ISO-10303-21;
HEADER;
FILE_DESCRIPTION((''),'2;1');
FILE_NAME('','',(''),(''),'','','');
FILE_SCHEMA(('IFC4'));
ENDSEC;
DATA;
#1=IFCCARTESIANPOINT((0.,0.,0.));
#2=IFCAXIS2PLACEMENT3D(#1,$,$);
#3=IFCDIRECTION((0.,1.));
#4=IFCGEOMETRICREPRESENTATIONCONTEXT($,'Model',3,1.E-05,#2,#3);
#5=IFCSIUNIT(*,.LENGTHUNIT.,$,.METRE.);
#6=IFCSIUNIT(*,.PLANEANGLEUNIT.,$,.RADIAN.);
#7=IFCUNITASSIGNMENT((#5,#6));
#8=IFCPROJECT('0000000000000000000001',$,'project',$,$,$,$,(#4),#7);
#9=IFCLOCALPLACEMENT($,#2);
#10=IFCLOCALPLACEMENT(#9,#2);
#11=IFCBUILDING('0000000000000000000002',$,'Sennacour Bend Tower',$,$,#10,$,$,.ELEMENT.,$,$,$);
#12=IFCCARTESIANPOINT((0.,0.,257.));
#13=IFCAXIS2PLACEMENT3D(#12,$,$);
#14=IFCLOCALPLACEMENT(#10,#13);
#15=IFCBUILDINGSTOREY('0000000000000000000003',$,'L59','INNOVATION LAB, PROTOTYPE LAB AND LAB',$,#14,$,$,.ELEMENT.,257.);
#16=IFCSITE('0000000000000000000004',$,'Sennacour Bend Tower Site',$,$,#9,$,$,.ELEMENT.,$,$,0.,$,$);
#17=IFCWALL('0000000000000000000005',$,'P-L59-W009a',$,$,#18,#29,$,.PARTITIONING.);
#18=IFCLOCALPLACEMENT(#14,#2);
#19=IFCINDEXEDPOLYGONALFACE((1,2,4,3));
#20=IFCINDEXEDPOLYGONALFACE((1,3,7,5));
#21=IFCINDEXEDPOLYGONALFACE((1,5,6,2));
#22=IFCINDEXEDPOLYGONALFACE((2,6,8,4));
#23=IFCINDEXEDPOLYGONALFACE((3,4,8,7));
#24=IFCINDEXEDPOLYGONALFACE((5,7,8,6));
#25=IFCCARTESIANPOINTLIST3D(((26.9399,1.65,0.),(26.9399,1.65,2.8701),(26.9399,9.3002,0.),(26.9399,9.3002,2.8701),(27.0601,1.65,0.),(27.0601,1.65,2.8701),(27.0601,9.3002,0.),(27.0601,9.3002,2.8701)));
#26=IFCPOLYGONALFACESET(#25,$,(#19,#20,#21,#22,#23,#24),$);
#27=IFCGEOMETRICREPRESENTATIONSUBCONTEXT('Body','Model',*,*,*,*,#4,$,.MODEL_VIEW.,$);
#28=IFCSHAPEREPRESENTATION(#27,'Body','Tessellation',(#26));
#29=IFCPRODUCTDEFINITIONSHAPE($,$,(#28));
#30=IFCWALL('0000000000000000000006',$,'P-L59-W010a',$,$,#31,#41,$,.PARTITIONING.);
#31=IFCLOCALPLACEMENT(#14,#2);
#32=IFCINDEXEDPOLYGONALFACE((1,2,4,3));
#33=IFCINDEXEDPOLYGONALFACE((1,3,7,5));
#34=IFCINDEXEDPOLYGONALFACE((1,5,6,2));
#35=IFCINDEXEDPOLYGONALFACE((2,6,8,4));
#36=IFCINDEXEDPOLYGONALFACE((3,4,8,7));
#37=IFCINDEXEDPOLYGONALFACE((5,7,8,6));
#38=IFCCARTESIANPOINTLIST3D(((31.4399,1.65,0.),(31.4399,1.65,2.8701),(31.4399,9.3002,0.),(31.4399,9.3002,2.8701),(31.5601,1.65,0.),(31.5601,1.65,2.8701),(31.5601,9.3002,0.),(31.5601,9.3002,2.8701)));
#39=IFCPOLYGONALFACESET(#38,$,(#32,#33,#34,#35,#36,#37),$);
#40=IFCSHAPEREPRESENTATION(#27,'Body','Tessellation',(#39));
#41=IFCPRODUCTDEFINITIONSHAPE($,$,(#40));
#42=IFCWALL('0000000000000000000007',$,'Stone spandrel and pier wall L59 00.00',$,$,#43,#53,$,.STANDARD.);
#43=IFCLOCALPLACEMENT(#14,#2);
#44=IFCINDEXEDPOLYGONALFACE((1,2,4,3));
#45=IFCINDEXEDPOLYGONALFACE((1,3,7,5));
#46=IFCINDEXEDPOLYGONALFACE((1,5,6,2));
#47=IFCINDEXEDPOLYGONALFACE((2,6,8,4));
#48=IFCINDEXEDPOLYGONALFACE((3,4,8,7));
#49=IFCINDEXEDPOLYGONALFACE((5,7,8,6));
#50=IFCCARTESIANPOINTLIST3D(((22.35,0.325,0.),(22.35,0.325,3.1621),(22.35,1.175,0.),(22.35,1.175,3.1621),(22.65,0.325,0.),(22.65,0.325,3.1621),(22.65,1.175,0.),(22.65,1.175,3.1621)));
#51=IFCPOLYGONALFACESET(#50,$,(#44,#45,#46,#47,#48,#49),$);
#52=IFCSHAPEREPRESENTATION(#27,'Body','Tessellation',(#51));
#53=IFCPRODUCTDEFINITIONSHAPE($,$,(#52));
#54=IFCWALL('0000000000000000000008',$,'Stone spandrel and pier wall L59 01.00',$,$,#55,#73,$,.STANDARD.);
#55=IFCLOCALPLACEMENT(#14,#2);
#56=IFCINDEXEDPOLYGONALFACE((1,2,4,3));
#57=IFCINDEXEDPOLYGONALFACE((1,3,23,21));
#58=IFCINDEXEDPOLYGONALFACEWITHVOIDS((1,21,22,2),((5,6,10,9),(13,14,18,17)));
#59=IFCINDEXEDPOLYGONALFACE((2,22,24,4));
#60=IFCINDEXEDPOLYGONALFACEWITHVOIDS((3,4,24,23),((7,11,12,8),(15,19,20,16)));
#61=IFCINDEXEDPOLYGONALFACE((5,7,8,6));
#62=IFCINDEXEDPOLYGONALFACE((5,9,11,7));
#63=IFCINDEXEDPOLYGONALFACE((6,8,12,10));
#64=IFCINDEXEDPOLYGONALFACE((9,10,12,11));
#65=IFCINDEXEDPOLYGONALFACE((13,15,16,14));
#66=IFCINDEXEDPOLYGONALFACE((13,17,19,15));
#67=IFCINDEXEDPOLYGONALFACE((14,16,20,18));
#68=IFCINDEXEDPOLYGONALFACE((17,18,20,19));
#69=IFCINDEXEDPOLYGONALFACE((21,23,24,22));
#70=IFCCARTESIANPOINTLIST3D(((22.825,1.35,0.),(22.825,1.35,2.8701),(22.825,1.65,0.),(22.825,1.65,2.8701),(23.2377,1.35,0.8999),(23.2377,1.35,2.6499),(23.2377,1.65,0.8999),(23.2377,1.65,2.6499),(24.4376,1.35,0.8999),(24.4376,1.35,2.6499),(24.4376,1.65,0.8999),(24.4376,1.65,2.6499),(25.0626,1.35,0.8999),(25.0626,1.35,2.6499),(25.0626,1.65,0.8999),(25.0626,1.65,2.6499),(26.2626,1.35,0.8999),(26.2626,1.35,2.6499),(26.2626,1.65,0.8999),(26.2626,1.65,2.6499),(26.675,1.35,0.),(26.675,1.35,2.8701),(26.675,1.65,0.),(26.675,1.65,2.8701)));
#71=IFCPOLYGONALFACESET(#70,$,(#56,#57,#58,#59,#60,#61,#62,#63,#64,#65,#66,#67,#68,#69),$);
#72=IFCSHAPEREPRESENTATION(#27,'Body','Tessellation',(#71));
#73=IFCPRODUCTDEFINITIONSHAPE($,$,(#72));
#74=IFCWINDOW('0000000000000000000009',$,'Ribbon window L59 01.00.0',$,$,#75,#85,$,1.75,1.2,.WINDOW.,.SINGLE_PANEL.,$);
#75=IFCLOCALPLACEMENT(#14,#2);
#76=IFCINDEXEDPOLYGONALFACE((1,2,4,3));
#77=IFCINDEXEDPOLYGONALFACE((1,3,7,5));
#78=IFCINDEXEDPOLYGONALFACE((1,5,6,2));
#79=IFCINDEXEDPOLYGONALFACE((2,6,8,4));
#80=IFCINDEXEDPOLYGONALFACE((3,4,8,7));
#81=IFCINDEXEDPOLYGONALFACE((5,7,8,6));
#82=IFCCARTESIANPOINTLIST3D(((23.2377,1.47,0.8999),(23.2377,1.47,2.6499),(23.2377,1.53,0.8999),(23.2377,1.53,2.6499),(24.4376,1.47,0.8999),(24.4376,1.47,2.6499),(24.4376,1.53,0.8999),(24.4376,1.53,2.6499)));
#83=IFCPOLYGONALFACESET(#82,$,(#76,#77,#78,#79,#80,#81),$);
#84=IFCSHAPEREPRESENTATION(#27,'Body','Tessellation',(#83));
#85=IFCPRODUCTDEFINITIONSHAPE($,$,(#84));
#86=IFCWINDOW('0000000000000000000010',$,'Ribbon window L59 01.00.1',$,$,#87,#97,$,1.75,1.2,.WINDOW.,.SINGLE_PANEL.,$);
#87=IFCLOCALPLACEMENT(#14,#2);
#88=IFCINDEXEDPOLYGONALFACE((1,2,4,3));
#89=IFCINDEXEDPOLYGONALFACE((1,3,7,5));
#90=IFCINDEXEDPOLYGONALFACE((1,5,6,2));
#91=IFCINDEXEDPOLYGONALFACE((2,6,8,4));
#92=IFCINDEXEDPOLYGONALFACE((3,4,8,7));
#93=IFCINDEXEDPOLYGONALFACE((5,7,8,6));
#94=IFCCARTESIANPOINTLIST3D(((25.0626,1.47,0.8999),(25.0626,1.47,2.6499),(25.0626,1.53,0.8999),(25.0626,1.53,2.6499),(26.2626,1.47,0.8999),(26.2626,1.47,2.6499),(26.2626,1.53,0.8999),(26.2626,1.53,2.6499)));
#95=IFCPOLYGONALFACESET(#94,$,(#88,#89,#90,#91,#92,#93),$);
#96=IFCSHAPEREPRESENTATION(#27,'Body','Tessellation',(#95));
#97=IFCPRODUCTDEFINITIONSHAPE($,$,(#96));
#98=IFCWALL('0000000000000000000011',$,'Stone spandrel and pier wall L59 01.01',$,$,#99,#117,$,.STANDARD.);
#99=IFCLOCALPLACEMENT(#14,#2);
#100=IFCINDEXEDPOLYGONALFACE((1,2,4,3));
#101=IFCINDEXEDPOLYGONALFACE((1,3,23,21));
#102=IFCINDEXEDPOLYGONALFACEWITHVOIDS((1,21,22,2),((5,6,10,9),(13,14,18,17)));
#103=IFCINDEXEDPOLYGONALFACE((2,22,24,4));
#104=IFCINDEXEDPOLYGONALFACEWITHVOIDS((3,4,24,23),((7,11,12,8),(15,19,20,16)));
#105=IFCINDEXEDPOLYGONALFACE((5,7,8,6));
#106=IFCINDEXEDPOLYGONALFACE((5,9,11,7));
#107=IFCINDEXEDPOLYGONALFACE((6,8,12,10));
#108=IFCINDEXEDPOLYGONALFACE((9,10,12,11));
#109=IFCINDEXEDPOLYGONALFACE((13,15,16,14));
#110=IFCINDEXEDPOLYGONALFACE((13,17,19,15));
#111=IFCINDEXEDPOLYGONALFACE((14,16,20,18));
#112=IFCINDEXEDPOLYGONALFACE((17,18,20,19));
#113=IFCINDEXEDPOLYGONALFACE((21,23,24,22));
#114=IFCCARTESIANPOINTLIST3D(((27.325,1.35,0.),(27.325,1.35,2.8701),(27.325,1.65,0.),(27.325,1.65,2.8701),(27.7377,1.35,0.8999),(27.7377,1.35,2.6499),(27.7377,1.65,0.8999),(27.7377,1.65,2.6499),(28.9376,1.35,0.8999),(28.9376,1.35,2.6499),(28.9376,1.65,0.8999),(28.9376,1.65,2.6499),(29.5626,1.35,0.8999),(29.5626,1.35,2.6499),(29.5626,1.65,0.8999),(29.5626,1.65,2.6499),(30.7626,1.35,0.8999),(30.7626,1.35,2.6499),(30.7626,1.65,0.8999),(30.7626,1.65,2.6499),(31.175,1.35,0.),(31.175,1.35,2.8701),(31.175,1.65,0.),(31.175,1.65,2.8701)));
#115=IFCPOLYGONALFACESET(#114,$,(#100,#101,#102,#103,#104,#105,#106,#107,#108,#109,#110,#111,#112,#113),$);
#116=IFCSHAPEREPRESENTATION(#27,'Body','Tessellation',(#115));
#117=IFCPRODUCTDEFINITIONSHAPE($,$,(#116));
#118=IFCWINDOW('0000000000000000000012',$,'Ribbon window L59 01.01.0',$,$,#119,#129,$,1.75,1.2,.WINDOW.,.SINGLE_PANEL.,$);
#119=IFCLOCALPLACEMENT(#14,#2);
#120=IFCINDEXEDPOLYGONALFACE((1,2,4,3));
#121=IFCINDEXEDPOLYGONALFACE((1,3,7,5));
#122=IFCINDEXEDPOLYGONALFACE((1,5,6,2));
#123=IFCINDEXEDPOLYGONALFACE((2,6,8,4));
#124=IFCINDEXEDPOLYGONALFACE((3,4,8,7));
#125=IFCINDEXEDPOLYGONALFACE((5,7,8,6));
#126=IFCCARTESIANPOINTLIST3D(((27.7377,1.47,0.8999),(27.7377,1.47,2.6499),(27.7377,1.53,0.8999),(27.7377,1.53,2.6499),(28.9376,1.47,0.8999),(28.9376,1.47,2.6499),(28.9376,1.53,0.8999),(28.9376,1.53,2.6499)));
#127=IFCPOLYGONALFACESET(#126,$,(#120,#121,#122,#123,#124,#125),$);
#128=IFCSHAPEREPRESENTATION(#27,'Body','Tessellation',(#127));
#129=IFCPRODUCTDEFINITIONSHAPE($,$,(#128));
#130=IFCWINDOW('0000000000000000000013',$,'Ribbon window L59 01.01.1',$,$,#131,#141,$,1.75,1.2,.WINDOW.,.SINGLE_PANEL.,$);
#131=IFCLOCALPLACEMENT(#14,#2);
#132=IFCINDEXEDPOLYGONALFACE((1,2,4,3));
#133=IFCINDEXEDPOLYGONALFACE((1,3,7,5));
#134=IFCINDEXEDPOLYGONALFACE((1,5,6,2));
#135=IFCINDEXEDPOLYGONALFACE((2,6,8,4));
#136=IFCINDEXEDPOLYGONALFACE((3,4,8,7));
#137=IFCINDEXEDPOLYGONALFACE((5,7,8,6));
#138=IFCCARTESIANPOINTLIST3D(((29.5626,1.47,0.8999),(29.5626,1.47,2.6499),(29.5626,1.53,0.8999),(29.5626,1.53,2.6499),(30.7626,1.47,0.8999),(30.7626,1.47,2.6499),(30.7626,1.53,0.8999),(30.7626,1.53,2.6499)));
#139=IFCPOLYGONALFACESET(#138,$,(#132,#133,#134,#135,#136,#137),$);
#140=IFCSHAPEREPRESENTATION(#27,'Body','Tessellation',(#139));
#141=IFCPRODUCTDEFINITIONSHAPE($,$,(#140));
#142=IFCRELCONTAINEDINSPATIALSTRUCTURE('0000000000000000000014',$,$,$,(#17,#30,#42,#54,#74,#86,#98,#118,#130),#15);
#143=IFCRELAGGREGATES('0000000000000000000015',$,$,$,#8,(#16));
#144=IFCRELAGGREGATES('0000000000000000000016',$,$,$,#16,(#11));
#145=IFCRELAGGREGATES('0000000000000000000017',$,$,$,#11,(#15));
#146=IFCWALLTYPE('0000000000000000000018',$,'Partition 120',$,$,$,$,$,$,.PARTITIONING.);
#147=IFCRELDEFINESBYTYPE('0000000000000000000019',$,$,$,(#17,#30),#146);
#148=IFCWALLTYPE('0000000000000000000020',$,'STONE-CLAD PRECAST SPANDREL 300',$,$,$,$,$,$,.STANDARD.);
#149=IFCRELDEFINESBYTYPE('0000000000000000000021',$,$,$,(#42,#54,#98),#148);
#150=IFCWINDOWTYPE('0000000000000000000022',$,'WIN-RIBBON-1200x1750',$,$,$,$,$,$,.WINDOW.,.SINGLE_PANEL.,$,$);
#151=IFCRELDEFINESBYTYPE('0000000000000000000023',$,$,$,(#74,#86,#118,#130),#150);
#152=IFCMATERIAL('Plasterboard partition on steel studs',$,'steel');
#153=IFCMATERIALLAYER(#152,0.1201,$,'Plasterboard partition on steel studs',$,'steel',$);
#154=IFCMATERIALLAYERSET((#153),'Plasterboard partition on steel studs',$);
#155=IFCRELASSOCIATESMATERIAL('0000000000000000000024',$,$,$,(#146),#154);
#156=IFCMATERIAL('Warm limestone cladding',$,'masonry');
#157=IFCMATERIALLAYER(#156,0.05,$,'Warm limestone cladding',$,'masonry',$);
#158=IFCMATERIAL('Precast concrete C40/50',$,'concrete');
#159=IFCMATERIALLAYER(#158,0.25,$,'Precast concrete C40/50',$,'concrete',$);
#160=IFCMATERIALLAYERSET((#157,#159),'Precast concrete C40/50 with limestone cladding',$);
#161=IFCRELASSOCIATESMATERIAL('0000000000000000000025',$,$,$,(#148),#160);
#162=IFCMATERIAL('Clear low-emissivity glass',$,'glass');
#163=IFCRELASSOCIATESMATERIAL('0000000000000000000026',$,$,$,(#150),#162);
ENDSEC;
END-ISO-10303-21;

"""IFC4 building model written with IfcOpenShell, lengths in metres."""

from ifc_helpers import new_model, si_unit, direction, frame, frame_2d, origin, place, context, subcontext, project, spatial, rectangle, extrude, material, layer, layer_set, type_object, element, fill, save


model = new_model("IFC4")

# Units and contexts
model_context = context("Model", 3, precision=1e-05, world=origin(), true_north=direction((0.0, 1.0)))
body_context = subcontext(model_context, "Body", "Model", "MODEL_VIEW")
ifc_project = project(units=[si_unit("LENGTHUNIT", "METRE"), si_unit("PLANEANGLEUNIT", "RADIAN")], contexts=[model_context])

# Site, building, storey
site_placement = place(None, origin())
site = spatial("IfcSite", under=ifc_project, at=site_placement, Name="Sennacour Bend Tower Site", CompositionType="ELEMENT", RefElevation=0.0)
building_placement = place(site_placement, origin())
building = spatial("IfcBuilding", under=site, at=building_placement, Name="Sennacour Bend Tower", CompositionType="ELEMENT")
storey_placement = place(building_placement, frame((0.0, 0.0, 257.0)))
storey = spatial("IfcBuildingStorey", under=building, at=storey_placement, Name="L59", Description="INNOVATION LAB, PROTOTYPE LAB AND LAB", CompositionType="ELEMENT", Elevation=257.0)

# Walls
ifc_material_1 = material(Name="Plasterboard partition on steel studs", Category="steel")
ifc_layer_1 = layer(ifc_material_1, 0.1201, Name="Plasterboard partition on steel studs", Category="steel")
ifc_layer_set_1 = layer_set([ifc_layer_1], Name="Plasterboard partition on steel studs")
wall_type_1 = type_object("IfcWallType", Name="Partition 120", PredefinedType="PARTITIONING", material=ifc_layer_set_1)
for number, where, z_axis, x_axis, name in (
    (1, (27.0, 1.6499, 0.0), (0.0, 0.0, 1.0), (0.0, 1.0, 0.0), "P-L59-W009a"),
    (2, (31.5, 1.6499, 0.0), (0.0, 0.0, 1.0), (0.0, 1.0, 0.0), "P-L59-W010a"),
):
    element("IfcWall", number, at=place(storey_placement, frame(where, z_axis=z_axis, x_axis=x_axis)), inside=storey, type_object=wall_type_1, Name=name, PredefinedType="PARTITIONING", context=body_context, shape_type="SweptSolid", body=[
        extrude(rectangle(XDim=7.6501, YDim=0.1201, at=frame_2d((3.8252, 0.0))), origin(), (0.0, 0.0, 1.0), 2.8701),
    ])
ifc_material_2 = material(Name="Warm limestone cladding", Category="masonry")
ifc_layer_2 = layer(ifc_material_2, 0.05, Name="Warm limestone cladding", Category="masonry")
ifc_material_3 = material(Name="Precast concrete C40/50", Category="concrete")
ifc_layer_3 = layer(ifc_material_3, 0.25, Name="Precast concrete C40/50", Category="concrete")
ifc_layer_set_2 = layer_set([ifc_layer_2, ifc_layer_3], Name="Precast concrete C40/50 with limestone cladding")
wall_type_2 = type_object("IfcWallType", Name="STONE-CLAD PRECAST SPANDREL 300", PredefinedType="STANDARD", material=ifc_layer_set_2)
wall_1_placement = place(storey_placement, frame((22.5, 0.325, 0.0), z_axis=(0.0, 0.0, 1.0), x_axis=(0.0, 1.0, 0.0)))
element("IfcWall", 3, at=wall_1_placement, inside=storey, type_object=wall_type_2, Name="Stone spandrel and pier wall L59 00.00", PredefinedType="STANDARD", context=body_context, shape_type="SweptSolid", body=[
    extrude(rectangle(XDim=0.8501, YDim=0.3, at=frame_2d((0.425, 0.0))), origin(), (0.0, 0.0, 1.0), 3.1621),
])

# Walls, openings, windows
wall_2_placement = place(storey_placement, frame((22.825, 1.5, 0.0), z_axis=(0.0, 0.0, 1.0), x_axis=(1.0, 0.0, 0.0)))
wall_2 = element("IfcWall", 4, at=wall_2_placement, inside=storey, type_object=wall_type_2, Name="Stone spandrel and pier wall L59 01.00", PredefinedType="STANDARD", context=body_context, shape_type="SweptSolid", body=[
    extrude(rectangle(XDim=3.8501, YDim=0.3, at=frame_2d((1.925, 0.0))), origin(), (0.0, 0.0, 1.0), 2.8701),
])
opening_1_placement = place(wall_2_placement, frame((0.4126, 0.0, 0.8999)))
opening_1 = element("IfcOpeningElement", 5, at=opening_1_placement, cuts=wall_2, PredefinedType="OPENING", context=body_context, shape_type="SweptSolid", body=[
    extrude(rectangle(XDim=1.2, YDim=1.75, at=frame_2d((0.6001, 0.875))), frame((0.0, 0.1602, 0.0), z_axis=(0.0, -1.0, 0.0), x_axis=(1.0, 0.0, 0.0)), (0.0, 0.0, 1.0), 0.3201),
])
opening_2_placement = place(wall_2_placement, frame((2.2375, 0.0, 0.8999)))
opening_2 = element("IfcOpeningElement", 6, at=opening_2_placement, cuts=wall_2, PredefinedType="OPENING", context=body_context, shape_type="SweptSolid", body=[
    extrude(rectangle(XDim=1.2, YDim=1.75, at=frame_2d((0.6001, 0.875))), frame((0.0, 0.1602, 0.0), z_axis=(0.0, -1.0, 0.0), x_axis=(1.0, 0.0, 0.0)), (0.0, 0.0, 1.0), 0.3201),
])
ifc_material_4 = material(Name="Clear low-emissivity glass", Category="glass")
window_type = type_object("IfcWindowType", Name="WIN-RIBBON-1200x1750", PartitioningType="SINGLE_PANEL", PredefinedType="WINDOW", material=ifc_material_4)
window_1_placement = place(opening_1_placement, origin())
window_1 = element("IfcWindow", 7, at=window_1_placement, inside=storey, type_object=window_type, Name="Ribbon window L59 01.00.0", OverallHeight=1.75, OverallWidth=1.2, PartitioningType="SINGLE_PANEL", PredefinedType="WINDOW", context=body_context, shape_type="SweptSolid", body=[
    extrude(rectangle(XDim=1.2, YDim=1.75, at=frame_2d((0.6001, 0.875))), frame((0.0, 0.03, 0.0), z_axis=(0.0, -1.0, 0.0), x_axis=(1.0, 0.0, 0.0)), (0.0, 0.0, 1.0), 0.0601),
])
fill(opening_1, window_1)
window_2_placement = place(opening_2_placement, origin())
window_2 = element("IfcWindow", 8, at=window_2_placement, inside=storey, type_object=window_type, Name="Ribbon window L59 01.00.1", OverallHeight=1.75, OverallWidth=1.2, PartitioningType="SINGLE_PANEL", PredefinedType="WINDOW", context=body_context, shape_type="SweptSolid", body=[
    extrude(rectangle(XDim=1.2, YDim=1.75, at=frame_2d((0.6001, 0.875))), frame((0.0, 0.03, 0.0), z_axis=(0.0, -1.0, 0.0), x_axis=(1.0, 0.0, 0.0)), (0.0, 0.0, 1.0), 0.0601),
])
fill(opening_2, window_2)
wall_3_placement = place(storey_placement, frame((27.325, 1.5, 0.0), z_axis=(0.0, 0.0, 1.0), x_axis=(1.0, 0.0, 0.0)))
wall_3 = element("IfcWall", 9, at=wall_3_placement, inside=storey, type_object=wall_type_2, Name="Stone spandrel and pier wall L59 01.01", PredefinedType="STANDARD", context=body_context, shape_type="SweptSolid", body=[
    extrude(rectangle(XDim=3.8501, YDim=0.3, at=frame_2d((1.925, 0.0))), origin(), (0.0, 0.0, 1.0), 2.8701),
])
opening_3_placement = place(wall_3_placement, frame((0.4126, 0.0, 0.8999)))
opening_3 = element("IfcOpeningElement", 10, at=opening_3_placement, cuts=wall_3, PredefinedType="OPENING", context=body_context, shape_type="SweptSolid", body=[
    extrude(rectangle(XDim=1.2, YDim=1.75, at=frame_2d((0.6001, 0.875))), frame((0.0, 0.1602, 0.0), z_axis=(0.0, -1.0, 0.0), x_axis=(1.0, 0.0, 0.0)), (0.0, 0.0, 1.0), 0.3201),
])
opening_4_placement = place(wall_3_placement, frame((2.2375, 0.0, 0.8999)))
opening_4 = element("IfcOpeningElement", 11, at=opening_4_placement, cuts=wall_3, PredefinedType="OPENING", context=body_context, shape_type="SweptSolid", body=[
    extrude(rectangle(XDim=1.2, YDim=1.75, at=frame_2d((0.6001, 0.875))), frame((0.0, 0.1602, 0.0), z_axis=(0.0, -1.0, 0.0), x_axis=(1.0, 0.0, 0.0)), (0.0, 0.0, 1.0), 0.3201),
])
window_3_placement = place(opening_3_placement, origin())
window_3 = element("IfcWindow", 12, at=window_3_placement, inside=storey, type_object=window_type, Name="Ribbon window L59 01.01.0", OverallHeight=1.75, OverallWidth=1.2, PartitioningType="SINGLE_PANEL", PredefinedType="WINDOW", context=body_context, shape_type="SweptSolid", body=[
    extrude(rectangle(XDim=1.2, YDim=1.75, at=frame_2d((0.6001, 0.875))), frame((0.0, 0.03, 0.0), z_axis=(0.0, -1.0, 0.0), x_axis=(1.0, 0.0, 0.0)), (0.0, 0.0, 1.0), 0.0601),
])
fill(opening_3, window_3)
window_4_placement = place(opening_4_placement, origin())
window_4 = element("IfcWindow", 13, at=window_4_placement, inside=storey, type_object=window_type, Name="Ribbon window L59 01.01.1", OverallHeight=1.75, OverallWidth=1.2, PartitioningType="SINGLE_PANEL", PredefinedType="WINDOW", context=body_context, shape_type="SweptSolid", body=[
    extrude(rectangle(XDim=1.2, YDim=1.75, at=frame_2d((0.6001, 0.875))), frame((0.0, 0.03, 0.0), z_axis=(0.0, -1.0, 0.0), x_axis=(1.0, 0.0, 0.0)), (0.0, 0.0, 1.0), 0.0601),
])
fill(opening_4, window_4)

save(model, "model.ifc")
